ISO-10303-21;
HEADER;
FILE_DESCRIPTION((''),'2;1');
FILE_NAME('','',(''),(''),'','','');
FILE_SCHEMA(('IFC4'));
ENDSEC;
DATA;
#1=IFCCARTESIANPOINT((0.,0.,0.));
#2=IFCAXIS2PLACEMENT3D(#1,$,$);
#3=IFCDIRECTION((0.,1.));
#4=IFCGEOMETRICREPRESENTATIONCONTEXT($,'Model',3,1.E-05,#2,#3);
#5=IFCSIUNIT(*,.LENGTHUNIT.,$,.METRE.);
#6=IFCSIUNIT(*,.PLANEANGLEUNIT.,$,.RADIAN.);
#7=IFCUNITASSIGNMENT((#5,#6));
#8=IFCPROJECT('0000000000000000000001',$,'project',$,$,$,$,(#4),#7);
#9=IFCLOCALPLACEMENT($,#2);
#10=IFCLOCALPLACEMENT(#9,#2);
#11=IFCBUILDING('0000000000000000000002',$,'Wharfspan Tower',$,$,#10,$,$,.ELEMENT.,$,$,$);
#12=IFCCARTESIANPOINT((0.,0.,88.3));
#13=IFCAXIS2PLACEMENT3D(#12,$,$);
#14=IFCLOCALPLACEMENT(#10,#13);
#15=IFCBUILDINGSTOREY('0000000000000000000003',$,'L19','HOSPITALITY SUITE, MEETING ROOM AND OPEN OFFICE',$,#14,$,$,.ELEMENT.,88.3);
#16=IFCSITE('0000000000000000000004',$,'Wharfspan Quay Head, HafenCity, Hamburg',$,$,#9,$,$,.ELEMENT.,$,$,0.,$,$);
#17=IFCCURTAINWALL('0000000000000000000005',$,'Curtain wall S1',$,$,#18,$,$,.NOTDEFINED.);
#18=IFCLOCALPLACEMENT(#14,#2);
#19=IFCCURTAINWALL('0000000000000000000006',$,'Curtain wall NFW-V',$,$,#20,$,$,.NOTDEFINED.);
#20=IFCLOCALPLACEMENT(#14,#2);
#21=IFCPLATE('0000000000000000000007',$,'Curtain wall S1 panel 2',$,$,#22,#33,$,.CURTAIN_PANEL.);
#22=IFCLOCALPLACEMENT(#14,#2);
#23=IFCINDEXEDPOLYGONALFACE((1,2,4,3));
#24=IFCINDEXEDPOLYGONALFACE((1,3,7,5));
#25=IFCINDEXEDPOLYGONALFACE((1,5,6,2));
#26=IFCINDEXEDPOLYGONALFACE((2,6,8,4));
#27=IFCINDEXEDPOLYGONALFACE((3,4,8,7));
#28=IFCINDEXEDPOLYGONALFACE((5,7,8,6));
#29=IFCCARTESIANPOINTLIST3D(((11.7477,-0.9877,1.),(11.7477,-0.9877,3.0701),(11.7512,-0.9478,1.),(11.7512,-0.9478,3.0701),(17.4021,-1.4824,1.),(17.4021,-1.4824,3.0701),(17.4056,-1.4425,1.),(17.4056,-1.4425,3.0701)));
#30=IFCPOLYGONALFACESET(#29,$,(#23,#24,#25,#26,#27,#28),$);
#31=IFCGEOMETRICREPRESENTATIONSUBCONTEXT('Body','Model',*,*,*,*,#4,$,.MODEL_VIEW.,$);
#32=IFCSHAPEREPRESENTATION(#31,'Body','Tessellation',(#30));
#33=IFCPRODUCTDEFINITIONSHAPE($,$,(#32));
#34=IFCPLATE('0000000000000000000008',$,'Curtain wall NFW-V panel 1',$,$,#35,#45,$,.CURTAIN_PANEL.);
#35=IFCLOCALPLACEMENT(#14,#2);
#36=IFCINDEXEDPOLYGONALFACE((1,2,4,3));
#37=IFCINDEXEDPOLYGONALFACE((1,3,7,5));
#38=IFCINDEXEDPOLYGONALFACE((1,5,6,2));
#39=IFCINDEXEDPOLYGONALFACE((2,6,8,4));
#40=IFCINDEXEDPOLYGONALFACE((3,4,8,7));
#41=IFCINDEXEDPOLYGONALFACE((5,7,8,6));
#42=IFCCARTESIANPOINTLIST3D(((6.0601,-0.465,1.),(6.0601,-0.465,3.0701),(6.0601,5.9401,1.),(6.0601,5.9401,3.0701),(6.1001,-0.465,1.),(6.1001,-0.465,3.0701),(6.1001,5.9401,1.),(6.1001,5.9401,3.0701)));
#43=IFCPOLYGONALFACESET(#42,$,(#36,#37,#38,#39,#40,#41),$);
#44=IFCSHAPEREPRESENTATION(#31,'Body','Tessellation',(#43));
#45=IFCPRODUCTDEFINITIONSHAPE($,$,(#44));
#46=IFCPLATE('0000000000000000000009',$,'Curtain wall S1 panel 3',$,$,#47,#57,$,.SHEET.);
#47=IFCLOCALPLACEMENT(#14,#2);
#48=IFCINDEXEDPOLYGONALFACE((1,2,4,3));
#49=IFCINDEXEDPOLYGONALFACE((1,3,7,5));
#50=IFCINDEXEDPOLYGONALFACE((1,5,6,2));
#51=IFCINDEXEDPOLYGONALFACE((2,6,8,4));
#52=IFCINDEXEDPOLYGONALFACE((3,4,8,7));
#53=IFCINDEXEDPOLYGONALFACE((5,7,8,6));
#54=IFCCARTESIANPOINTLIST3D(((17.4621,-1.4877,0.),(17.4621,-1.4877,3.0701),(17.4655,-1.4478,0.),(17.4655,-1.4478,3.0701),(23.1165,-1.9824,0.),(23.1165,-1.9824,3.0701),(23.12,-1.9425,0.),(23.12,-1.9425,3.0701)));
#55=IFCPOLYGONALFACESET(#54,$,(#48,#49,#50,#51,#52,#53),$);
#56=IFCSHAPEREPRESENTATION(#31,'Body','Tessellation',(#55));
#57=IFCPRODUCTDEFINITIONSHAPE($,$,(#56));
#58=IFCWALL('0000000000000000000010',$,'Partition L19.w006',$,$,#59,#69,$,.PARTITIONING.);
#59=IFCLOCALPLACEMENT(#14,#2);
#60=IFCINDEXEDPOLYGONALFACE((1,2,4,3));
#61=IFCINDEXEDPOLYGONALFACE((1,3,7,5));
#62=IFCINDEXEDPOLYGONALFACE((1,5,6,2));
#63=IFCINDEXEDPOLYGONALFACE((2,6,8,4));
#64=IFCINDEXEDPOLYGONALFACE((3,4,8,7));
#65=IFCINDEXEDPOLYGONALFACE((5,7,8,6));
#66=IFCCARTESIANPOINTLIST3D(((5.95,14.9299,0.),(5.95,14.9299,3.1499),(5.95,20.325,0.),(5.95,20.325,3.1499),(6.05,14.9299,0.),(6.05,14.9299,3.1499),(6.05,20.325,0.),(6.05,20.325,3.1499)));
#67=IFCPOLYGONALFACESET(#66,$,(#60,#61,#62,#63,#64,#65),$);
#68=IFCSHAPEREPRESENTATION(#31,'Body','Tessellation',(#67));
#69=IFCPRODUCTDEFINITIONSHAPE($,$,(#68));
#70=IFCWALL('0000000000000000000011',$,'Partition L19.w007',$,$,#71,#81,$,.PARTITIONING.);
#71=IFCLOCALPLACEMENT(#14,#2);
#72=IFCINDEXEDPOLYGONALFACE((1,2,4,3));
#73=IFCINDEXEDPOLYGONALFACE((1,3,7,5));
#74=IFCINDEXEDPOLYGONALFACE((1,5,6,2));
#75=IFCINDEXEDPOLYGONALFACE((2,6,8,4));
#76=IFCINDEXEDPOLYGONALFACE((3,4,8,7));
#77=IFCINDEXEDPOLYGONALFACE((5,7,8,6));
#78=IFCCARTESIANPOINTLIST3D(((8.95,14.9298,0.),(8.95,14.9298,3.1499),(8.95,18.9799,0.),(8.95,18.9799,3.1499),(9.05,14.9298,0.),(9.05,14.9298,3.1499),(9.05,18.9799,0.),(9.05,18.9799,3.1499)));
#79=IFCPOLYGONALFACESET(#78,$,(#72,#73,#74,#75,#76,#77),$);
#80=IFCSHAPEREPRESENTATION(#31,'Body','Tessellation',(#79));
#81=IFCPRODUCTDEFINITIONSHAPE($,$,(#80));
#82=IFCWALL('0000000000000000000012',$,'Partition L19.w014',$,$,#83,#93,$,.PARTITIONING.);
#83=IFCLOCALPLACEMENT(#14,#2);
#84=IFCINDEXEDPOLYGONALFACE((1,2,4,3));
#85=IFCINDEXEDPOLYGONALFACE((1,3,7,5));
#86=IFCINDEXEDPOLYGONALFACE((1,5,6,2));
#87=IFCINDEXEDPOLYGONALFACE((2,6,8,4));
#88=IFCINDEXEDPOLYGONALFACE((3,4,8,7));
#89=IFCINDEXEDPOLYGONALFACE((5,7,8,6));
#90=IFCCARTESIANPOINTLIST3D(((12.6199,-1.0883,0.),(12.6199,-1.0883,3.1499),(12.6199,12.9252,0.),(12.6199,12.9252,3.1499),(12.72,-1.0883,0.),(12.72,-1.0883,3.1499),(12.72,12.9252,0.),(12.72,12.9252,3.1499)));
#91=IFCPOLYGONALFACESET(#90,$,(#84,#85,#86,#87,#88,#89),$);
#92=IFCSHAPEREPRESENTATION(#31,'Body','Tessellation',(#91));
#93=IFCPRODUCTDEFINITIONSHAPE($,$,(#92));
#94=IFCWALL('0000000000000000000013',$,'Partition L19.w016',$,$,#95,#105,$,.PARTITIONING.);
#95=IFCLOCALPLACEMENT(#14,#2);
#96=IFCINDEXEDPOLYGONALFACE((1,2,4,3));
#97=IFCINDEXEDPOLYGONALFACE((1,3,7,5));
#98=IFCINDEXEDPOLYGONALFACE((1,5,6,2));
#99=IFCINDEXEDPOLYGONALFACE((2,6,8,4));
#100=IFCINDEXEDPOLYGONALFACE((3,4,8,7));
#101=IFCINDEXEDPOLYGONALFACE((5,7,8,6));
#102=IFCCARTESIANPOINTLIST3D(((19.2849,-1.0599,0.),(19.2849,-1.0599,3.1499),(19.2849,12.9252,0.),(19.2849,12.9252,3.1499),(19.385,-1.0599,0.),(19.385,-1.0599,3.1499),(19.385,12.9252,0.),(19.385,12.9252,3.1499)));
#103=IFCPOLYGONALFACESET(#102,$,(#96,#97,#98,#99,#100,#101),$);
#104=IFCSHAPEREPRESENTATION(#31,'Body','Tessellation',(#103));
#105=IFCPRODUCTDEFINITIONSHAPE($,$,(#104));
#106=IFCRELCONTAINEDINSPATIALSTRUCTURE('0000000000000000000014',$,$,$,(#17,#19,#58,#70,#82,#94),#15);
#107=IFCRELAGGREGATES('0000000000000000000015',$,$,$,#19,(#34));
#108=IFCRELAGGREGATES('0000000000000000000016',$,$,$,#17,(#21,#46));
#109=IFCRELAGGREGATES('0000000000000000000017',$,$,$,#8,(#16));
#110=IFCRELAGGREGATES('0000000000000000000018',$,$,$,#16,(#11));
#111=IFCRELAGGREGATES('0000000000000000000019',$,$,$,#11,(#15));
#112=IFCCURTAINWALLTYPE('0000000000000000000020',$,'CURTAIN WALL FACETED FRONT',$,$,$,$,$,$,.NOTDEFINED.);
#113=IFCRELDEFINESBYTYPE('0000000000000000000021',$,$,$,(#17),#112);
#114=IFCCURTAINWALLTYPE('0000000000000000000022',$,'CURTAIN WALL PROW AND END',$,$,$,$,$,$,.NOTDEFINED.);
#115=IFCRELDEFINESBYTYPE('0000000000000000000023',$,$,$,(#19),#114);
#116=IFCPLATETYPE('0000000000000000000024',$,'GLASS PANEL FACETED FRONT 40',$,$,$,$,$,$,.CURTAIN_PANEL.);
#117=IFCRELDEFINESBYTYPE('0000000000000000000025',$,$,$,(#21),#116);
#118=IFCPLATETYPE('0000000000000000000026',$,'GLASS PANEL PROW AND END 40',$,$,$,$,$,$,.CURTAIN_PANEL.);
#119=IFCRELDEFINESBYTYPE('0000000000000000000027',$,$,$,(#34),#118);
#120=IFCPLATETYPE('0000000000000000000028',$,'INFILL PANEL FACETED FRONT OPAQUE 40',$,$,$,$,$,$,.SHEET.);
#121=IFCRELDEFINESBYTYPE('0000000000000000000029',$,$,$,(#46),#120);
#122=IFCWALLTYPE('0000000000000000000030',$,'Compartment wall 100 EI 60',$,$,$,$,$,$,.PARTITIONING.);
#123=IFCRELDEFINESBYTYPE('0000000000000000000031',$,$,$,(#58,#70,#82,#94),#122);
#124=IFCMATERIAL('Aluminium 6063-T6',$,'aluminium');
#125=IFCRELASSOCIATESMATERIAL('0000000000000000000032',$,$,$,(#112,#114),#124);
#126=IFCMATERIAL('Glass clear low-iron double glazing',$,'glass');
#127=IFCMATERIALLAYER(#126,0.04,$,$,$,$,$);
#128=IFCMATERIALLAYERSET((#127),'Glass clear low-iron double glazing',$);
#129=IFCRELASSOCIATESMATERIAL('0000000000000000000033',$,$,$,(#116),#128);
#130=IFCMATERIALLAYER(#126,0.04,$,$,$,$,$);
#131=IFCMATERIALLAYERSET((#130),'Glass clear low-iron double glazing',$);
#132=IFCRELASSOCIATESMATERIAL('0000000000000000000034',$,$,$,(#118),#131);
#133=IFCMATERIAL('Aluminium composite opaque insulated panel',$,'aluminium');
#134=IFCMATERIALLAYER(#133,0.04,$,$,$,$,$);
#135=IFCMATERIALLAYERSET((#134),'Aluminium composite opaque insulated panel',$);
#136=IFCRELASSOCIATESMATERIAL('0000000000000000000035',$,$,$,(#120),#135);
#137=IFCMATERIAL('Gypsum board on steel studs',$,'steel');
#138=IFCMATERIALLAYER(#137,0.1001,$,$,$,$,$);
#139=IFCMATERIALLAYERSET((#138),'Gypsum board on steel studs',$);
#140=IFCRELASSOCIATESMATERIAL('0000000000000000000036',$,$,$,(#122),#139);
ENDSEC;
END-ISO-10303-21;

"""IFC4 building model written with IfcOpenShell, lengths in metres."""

from ifc_helpers import new_model, si_unit, direction, frame, frame_2d, origin, origin_2d, place, context, subcontext, project, spatial, rectangle, extrude, material, layer, layer_set, type_object, element, aggregate, save


model = new_model("IFC4")

# Units and contexts
model_context = context("Model", 3, precision=1e-05, world=origin(), true_north=direction((0.0, 1.0)))
body_context = subcontext(model_context, "Body", "Model", "MODEL_VIEW")
ifc_project = project(units=[si_unit("LENGTHUNIT", "METRE"), si_unit("PLANEANGLEUNIT", "RADIAN")], contexts=[model_context])

# Site, building, storey
site_placement = place(None, origin())
site = spatial("IfcSite", under=ifc_project, at=site_placement, Name="Wharfspan Quay Head, HafenCity, Hamburg", CompositionType="ELEMENT", RefElevation=0.0)
building_placement = place(site_placement, origin())
building = spatial("IfcBuilding", under=site, at=building_placement, Name="Wharfspan Tower", CompositionType="ELEMENT")
storey_placement = place(building_placement, frame((0.0, 0.0, 88.3)))
storey = spatial("IfcBuildingStorey", under=building, at=storey_placement, Name="L19", Description="HOSPITALITY SUITE, MEETING ROOM AND OPEN OFFICE", CompositionType="ELEMENT", Elevation=88.3)

# Curtain wall
ifc_material_1 = material(Name="Aluminium 6063-T6", Category="aluminium")
curtain_wall_type_1 = type_object("IfcCurtainWallType", Name="CURTAIN WALL FACETED FRONT", PredefinedType="NOTDEFINED", material=ifc_material_1)
curtain_wall_1_placement = place(storey_placement, origin())
curtain_wall_1 = element("IfcCurtainWall", 1, at=curtain_wall_1_placement, inside=storey, type_object=curtain_wall_type_1, Name="Curtain wall S1", PredefinedType="NOTDEFINED")

# Curtain wall
curtain_wall_type_2 = type_object("IfcCurtainWallType", Name="CURTAIN WALL PROW AND END", PredefinedType="NOTDEFINED", material=ifc_material_1)
curtain_wall_2_placement = place(storey_placement, origin())
curtain_wall_2 = element("IfcCurtainWall", 2, at=curtain_wall_2_placement, inside=storey, type_object=curtain_wall_type_2, Name="Curtain wall NFW-V", PredefinedType="NOTDEFINED")

# Plates
ifc_material_2 = material(Name="Glass clear low-iron double glazing", Category="glass")
ifc_layer_1 = layer(ifc_material_2, 0.04)
ifc_layer_set_1 = layer_set([ifc_layer_1], Name="Glass clear low-iron double glazing")
plate_type_1 = type_object("IfcPlateType", Name="GLASS PANEL FACETED FRONT 40", PredefinedType="CURTAIN_PANEL", material=ifc_layer_set_1)
plate_1_placement = place(storey_placement, frame((14.5767, -1.2151, 1.0), z_axis=(0.0, 0.0, 1.0), x_axis=(0.996197, -0.087156, 0.0)))
plate_1 = element("IfcPlate", 3, at=plate_1_placement, type_object=plate_type_1, Name="Curtain wall S1 panel 2", PredefinedType="CURTAIN_PANEL", context=body_context, shape_type="SweptSolid", body=[
    extrude(rectangle(XDim=5.676, YDim=0.04, at=origin_2d()), origin(), (0.0, 0.0, 1.0), 2.0701),
])
ifc_layer_2 = layer(ifc_material_2, 0.04)
ifc_layer_set_2 = layer_set([ifc_layer_2], Name="Glass clear low-iron double glazing")
plate_type_2 = type_object("IfcPlateType", Name="GLASS PANEL PROW AND END 40", PredefinedType="CURTAIN_PANEL", material=ifc_layer_set_2)
plate_2_placement = place(storey_placement, frame((6.0801, 2.7375, 1.0), z_axis=(0.0, 0.0, 1.0), x_axis=(0.0, -1.0, 0.0)))
plate_2 = element("IfcPlate", 4, at=plate_2_placement, type_object=plate_type_2, Name="Curtain wall NFW-V panel 1", PredefinedType="CURTAIN_PANEL", context=body_context, shape_type="SweptSolid", body=[
    extrude(rectangle(XDim=6.405, YDim=0.04, at=origin_2d()), origin(), (0.0, 0.0, 1.0), 2.0701),
])
aggregate(curtain_wall_2, [plate_2])
ifc_material_3 = material(Name="Aluminium composite opaque insulated panel", Category="aluminium")
ifc_layer_3 = layer(ifc_material_3, 0.04)
ifc_layer_set_3 = layer_set([ifc_layer_3], Name="Aluminium composite opaque insulated panel")
plate_type_3 = type_object("IfcPlateType", Name="INFILL PANEL FACETED FRONT OPAQUE 40", PredefinedType="SHEET", material=ifc_layer_set_3)
plate_3_placement = place(storey_placement, frame((20.291, -1.7151, 0.0), z_axis=(0.0, 0.0, 1.0), x_axis=(0.996197, -0.087156, 0.0)))
plate_3 = element("IfcPlate", 5, at=plate_3_placement, type_object=plate_type_3, Name="Curtain wall S1 panel 3", PredefinedType="SHEET", context=body_context, shape_type="SweptSolid", body=[
    extrude(rectangle(XDim=5.676, YDim=0.04, at=origin_2d()), origin(), (0.0, 0.0, 1.0), 3.0701),
])
aggregate(curtain_wall_1, [plate_1, plate_3])

# Walls
ifc_material_4 = material(Name="Gypsum board on steel studs", Category="steel")
ifc_layer_4 = layer(ifc_material_4, 0.1001)
ifc_layer_set_4 = layer_set([ifc_layer_4], Name="Gypsum board on steel studs")
wall_type = type_object("IfcWallType", Name="Compartment wall 100 EI 60", PredefinedType="PARTITIONING", material=ifc_layer_set_4)
wall_1_placement = place(storey_placement, frame((6.0, 14.9299, 0.0), z_axis=(0.0, 0.0, 1.0), x_axis=(0.0, 1.0, 0.0)))
element("IfcWall", 6, at=wall_1_placement, inside=storey, type_object=wall_type, Name="Partition L19.w006", PredefinedType="PARTITIONING", context=body_context, shape_type="SweptSolid", body=[
    extrude(rectangle(XDim=5.395, YDim=0.1001, at=frame_2d((2.6975, 0.0))), origin(), (0.0, 0.0, 1.0), 3.1499),
])
wall_2_placement = place(storey_placement, frame((9.0, 14.9299, 0.0), z_axis=(0.0, 0.0, 1.0), x_axis=(0.0, 1.0, 0.0)))
element("IfcWall", 7, at=wall_2_placement, inside=storey, type_object=wall_type, Name="Partition L19.w007", PredefinedType="PARTITIONING", context=body_context, shape_type="SweptSolid", body=[
    extrude(rectangle(XDim=4.05, YDim=0.1001, at=frame_2d((2.0249, 0.0))), origin(), (0.0, 0.0, 1.0), 3.1499),
])
wall_3_placement = place(storey_placement, frame((12.6699, -1.0884, 0.0), z_axis=(0.0, 0.0, 1.0), x_axis=(0.0, 1.0, 0.0)))
element("IfcWall", 8, at=wall_3_placement, inside=storey, type_object=wall_type, Name="Partition L19.w014", PredefinedType="PARTITIONING", context=body_context, shape_type="SweptSolid", body=[
    extrude(rectangle(XDim=14.0134, YDim=0.1001, at=frame_2d((7.0068, 0.0))), origin(), (0.0, 0.0, 1.0), 3.1499),
])
wall_4_placement = place(storey_placement, frame((19.335, -1.0601, 0.0), z_axis=(0.0, 0.0, 1.0), x_axis=(0.0, 1.0, 0.0)))
element("IfcWall", 9, at=wall_4_placement, inside=storey, type_object=wall_type, Name="Partition L19.w016", PredefinedType="PARTITIONING", context=body_context, shape_type="SweptSolid", body=[
    extrude(rectangle(XDim=13.9851, YDim=0.1001, at=frame_2d((6.9927, 0.0))), origin(), (0.0, 0.0, 1.0), 3.1499),
])

save(model, "model.ifc")
